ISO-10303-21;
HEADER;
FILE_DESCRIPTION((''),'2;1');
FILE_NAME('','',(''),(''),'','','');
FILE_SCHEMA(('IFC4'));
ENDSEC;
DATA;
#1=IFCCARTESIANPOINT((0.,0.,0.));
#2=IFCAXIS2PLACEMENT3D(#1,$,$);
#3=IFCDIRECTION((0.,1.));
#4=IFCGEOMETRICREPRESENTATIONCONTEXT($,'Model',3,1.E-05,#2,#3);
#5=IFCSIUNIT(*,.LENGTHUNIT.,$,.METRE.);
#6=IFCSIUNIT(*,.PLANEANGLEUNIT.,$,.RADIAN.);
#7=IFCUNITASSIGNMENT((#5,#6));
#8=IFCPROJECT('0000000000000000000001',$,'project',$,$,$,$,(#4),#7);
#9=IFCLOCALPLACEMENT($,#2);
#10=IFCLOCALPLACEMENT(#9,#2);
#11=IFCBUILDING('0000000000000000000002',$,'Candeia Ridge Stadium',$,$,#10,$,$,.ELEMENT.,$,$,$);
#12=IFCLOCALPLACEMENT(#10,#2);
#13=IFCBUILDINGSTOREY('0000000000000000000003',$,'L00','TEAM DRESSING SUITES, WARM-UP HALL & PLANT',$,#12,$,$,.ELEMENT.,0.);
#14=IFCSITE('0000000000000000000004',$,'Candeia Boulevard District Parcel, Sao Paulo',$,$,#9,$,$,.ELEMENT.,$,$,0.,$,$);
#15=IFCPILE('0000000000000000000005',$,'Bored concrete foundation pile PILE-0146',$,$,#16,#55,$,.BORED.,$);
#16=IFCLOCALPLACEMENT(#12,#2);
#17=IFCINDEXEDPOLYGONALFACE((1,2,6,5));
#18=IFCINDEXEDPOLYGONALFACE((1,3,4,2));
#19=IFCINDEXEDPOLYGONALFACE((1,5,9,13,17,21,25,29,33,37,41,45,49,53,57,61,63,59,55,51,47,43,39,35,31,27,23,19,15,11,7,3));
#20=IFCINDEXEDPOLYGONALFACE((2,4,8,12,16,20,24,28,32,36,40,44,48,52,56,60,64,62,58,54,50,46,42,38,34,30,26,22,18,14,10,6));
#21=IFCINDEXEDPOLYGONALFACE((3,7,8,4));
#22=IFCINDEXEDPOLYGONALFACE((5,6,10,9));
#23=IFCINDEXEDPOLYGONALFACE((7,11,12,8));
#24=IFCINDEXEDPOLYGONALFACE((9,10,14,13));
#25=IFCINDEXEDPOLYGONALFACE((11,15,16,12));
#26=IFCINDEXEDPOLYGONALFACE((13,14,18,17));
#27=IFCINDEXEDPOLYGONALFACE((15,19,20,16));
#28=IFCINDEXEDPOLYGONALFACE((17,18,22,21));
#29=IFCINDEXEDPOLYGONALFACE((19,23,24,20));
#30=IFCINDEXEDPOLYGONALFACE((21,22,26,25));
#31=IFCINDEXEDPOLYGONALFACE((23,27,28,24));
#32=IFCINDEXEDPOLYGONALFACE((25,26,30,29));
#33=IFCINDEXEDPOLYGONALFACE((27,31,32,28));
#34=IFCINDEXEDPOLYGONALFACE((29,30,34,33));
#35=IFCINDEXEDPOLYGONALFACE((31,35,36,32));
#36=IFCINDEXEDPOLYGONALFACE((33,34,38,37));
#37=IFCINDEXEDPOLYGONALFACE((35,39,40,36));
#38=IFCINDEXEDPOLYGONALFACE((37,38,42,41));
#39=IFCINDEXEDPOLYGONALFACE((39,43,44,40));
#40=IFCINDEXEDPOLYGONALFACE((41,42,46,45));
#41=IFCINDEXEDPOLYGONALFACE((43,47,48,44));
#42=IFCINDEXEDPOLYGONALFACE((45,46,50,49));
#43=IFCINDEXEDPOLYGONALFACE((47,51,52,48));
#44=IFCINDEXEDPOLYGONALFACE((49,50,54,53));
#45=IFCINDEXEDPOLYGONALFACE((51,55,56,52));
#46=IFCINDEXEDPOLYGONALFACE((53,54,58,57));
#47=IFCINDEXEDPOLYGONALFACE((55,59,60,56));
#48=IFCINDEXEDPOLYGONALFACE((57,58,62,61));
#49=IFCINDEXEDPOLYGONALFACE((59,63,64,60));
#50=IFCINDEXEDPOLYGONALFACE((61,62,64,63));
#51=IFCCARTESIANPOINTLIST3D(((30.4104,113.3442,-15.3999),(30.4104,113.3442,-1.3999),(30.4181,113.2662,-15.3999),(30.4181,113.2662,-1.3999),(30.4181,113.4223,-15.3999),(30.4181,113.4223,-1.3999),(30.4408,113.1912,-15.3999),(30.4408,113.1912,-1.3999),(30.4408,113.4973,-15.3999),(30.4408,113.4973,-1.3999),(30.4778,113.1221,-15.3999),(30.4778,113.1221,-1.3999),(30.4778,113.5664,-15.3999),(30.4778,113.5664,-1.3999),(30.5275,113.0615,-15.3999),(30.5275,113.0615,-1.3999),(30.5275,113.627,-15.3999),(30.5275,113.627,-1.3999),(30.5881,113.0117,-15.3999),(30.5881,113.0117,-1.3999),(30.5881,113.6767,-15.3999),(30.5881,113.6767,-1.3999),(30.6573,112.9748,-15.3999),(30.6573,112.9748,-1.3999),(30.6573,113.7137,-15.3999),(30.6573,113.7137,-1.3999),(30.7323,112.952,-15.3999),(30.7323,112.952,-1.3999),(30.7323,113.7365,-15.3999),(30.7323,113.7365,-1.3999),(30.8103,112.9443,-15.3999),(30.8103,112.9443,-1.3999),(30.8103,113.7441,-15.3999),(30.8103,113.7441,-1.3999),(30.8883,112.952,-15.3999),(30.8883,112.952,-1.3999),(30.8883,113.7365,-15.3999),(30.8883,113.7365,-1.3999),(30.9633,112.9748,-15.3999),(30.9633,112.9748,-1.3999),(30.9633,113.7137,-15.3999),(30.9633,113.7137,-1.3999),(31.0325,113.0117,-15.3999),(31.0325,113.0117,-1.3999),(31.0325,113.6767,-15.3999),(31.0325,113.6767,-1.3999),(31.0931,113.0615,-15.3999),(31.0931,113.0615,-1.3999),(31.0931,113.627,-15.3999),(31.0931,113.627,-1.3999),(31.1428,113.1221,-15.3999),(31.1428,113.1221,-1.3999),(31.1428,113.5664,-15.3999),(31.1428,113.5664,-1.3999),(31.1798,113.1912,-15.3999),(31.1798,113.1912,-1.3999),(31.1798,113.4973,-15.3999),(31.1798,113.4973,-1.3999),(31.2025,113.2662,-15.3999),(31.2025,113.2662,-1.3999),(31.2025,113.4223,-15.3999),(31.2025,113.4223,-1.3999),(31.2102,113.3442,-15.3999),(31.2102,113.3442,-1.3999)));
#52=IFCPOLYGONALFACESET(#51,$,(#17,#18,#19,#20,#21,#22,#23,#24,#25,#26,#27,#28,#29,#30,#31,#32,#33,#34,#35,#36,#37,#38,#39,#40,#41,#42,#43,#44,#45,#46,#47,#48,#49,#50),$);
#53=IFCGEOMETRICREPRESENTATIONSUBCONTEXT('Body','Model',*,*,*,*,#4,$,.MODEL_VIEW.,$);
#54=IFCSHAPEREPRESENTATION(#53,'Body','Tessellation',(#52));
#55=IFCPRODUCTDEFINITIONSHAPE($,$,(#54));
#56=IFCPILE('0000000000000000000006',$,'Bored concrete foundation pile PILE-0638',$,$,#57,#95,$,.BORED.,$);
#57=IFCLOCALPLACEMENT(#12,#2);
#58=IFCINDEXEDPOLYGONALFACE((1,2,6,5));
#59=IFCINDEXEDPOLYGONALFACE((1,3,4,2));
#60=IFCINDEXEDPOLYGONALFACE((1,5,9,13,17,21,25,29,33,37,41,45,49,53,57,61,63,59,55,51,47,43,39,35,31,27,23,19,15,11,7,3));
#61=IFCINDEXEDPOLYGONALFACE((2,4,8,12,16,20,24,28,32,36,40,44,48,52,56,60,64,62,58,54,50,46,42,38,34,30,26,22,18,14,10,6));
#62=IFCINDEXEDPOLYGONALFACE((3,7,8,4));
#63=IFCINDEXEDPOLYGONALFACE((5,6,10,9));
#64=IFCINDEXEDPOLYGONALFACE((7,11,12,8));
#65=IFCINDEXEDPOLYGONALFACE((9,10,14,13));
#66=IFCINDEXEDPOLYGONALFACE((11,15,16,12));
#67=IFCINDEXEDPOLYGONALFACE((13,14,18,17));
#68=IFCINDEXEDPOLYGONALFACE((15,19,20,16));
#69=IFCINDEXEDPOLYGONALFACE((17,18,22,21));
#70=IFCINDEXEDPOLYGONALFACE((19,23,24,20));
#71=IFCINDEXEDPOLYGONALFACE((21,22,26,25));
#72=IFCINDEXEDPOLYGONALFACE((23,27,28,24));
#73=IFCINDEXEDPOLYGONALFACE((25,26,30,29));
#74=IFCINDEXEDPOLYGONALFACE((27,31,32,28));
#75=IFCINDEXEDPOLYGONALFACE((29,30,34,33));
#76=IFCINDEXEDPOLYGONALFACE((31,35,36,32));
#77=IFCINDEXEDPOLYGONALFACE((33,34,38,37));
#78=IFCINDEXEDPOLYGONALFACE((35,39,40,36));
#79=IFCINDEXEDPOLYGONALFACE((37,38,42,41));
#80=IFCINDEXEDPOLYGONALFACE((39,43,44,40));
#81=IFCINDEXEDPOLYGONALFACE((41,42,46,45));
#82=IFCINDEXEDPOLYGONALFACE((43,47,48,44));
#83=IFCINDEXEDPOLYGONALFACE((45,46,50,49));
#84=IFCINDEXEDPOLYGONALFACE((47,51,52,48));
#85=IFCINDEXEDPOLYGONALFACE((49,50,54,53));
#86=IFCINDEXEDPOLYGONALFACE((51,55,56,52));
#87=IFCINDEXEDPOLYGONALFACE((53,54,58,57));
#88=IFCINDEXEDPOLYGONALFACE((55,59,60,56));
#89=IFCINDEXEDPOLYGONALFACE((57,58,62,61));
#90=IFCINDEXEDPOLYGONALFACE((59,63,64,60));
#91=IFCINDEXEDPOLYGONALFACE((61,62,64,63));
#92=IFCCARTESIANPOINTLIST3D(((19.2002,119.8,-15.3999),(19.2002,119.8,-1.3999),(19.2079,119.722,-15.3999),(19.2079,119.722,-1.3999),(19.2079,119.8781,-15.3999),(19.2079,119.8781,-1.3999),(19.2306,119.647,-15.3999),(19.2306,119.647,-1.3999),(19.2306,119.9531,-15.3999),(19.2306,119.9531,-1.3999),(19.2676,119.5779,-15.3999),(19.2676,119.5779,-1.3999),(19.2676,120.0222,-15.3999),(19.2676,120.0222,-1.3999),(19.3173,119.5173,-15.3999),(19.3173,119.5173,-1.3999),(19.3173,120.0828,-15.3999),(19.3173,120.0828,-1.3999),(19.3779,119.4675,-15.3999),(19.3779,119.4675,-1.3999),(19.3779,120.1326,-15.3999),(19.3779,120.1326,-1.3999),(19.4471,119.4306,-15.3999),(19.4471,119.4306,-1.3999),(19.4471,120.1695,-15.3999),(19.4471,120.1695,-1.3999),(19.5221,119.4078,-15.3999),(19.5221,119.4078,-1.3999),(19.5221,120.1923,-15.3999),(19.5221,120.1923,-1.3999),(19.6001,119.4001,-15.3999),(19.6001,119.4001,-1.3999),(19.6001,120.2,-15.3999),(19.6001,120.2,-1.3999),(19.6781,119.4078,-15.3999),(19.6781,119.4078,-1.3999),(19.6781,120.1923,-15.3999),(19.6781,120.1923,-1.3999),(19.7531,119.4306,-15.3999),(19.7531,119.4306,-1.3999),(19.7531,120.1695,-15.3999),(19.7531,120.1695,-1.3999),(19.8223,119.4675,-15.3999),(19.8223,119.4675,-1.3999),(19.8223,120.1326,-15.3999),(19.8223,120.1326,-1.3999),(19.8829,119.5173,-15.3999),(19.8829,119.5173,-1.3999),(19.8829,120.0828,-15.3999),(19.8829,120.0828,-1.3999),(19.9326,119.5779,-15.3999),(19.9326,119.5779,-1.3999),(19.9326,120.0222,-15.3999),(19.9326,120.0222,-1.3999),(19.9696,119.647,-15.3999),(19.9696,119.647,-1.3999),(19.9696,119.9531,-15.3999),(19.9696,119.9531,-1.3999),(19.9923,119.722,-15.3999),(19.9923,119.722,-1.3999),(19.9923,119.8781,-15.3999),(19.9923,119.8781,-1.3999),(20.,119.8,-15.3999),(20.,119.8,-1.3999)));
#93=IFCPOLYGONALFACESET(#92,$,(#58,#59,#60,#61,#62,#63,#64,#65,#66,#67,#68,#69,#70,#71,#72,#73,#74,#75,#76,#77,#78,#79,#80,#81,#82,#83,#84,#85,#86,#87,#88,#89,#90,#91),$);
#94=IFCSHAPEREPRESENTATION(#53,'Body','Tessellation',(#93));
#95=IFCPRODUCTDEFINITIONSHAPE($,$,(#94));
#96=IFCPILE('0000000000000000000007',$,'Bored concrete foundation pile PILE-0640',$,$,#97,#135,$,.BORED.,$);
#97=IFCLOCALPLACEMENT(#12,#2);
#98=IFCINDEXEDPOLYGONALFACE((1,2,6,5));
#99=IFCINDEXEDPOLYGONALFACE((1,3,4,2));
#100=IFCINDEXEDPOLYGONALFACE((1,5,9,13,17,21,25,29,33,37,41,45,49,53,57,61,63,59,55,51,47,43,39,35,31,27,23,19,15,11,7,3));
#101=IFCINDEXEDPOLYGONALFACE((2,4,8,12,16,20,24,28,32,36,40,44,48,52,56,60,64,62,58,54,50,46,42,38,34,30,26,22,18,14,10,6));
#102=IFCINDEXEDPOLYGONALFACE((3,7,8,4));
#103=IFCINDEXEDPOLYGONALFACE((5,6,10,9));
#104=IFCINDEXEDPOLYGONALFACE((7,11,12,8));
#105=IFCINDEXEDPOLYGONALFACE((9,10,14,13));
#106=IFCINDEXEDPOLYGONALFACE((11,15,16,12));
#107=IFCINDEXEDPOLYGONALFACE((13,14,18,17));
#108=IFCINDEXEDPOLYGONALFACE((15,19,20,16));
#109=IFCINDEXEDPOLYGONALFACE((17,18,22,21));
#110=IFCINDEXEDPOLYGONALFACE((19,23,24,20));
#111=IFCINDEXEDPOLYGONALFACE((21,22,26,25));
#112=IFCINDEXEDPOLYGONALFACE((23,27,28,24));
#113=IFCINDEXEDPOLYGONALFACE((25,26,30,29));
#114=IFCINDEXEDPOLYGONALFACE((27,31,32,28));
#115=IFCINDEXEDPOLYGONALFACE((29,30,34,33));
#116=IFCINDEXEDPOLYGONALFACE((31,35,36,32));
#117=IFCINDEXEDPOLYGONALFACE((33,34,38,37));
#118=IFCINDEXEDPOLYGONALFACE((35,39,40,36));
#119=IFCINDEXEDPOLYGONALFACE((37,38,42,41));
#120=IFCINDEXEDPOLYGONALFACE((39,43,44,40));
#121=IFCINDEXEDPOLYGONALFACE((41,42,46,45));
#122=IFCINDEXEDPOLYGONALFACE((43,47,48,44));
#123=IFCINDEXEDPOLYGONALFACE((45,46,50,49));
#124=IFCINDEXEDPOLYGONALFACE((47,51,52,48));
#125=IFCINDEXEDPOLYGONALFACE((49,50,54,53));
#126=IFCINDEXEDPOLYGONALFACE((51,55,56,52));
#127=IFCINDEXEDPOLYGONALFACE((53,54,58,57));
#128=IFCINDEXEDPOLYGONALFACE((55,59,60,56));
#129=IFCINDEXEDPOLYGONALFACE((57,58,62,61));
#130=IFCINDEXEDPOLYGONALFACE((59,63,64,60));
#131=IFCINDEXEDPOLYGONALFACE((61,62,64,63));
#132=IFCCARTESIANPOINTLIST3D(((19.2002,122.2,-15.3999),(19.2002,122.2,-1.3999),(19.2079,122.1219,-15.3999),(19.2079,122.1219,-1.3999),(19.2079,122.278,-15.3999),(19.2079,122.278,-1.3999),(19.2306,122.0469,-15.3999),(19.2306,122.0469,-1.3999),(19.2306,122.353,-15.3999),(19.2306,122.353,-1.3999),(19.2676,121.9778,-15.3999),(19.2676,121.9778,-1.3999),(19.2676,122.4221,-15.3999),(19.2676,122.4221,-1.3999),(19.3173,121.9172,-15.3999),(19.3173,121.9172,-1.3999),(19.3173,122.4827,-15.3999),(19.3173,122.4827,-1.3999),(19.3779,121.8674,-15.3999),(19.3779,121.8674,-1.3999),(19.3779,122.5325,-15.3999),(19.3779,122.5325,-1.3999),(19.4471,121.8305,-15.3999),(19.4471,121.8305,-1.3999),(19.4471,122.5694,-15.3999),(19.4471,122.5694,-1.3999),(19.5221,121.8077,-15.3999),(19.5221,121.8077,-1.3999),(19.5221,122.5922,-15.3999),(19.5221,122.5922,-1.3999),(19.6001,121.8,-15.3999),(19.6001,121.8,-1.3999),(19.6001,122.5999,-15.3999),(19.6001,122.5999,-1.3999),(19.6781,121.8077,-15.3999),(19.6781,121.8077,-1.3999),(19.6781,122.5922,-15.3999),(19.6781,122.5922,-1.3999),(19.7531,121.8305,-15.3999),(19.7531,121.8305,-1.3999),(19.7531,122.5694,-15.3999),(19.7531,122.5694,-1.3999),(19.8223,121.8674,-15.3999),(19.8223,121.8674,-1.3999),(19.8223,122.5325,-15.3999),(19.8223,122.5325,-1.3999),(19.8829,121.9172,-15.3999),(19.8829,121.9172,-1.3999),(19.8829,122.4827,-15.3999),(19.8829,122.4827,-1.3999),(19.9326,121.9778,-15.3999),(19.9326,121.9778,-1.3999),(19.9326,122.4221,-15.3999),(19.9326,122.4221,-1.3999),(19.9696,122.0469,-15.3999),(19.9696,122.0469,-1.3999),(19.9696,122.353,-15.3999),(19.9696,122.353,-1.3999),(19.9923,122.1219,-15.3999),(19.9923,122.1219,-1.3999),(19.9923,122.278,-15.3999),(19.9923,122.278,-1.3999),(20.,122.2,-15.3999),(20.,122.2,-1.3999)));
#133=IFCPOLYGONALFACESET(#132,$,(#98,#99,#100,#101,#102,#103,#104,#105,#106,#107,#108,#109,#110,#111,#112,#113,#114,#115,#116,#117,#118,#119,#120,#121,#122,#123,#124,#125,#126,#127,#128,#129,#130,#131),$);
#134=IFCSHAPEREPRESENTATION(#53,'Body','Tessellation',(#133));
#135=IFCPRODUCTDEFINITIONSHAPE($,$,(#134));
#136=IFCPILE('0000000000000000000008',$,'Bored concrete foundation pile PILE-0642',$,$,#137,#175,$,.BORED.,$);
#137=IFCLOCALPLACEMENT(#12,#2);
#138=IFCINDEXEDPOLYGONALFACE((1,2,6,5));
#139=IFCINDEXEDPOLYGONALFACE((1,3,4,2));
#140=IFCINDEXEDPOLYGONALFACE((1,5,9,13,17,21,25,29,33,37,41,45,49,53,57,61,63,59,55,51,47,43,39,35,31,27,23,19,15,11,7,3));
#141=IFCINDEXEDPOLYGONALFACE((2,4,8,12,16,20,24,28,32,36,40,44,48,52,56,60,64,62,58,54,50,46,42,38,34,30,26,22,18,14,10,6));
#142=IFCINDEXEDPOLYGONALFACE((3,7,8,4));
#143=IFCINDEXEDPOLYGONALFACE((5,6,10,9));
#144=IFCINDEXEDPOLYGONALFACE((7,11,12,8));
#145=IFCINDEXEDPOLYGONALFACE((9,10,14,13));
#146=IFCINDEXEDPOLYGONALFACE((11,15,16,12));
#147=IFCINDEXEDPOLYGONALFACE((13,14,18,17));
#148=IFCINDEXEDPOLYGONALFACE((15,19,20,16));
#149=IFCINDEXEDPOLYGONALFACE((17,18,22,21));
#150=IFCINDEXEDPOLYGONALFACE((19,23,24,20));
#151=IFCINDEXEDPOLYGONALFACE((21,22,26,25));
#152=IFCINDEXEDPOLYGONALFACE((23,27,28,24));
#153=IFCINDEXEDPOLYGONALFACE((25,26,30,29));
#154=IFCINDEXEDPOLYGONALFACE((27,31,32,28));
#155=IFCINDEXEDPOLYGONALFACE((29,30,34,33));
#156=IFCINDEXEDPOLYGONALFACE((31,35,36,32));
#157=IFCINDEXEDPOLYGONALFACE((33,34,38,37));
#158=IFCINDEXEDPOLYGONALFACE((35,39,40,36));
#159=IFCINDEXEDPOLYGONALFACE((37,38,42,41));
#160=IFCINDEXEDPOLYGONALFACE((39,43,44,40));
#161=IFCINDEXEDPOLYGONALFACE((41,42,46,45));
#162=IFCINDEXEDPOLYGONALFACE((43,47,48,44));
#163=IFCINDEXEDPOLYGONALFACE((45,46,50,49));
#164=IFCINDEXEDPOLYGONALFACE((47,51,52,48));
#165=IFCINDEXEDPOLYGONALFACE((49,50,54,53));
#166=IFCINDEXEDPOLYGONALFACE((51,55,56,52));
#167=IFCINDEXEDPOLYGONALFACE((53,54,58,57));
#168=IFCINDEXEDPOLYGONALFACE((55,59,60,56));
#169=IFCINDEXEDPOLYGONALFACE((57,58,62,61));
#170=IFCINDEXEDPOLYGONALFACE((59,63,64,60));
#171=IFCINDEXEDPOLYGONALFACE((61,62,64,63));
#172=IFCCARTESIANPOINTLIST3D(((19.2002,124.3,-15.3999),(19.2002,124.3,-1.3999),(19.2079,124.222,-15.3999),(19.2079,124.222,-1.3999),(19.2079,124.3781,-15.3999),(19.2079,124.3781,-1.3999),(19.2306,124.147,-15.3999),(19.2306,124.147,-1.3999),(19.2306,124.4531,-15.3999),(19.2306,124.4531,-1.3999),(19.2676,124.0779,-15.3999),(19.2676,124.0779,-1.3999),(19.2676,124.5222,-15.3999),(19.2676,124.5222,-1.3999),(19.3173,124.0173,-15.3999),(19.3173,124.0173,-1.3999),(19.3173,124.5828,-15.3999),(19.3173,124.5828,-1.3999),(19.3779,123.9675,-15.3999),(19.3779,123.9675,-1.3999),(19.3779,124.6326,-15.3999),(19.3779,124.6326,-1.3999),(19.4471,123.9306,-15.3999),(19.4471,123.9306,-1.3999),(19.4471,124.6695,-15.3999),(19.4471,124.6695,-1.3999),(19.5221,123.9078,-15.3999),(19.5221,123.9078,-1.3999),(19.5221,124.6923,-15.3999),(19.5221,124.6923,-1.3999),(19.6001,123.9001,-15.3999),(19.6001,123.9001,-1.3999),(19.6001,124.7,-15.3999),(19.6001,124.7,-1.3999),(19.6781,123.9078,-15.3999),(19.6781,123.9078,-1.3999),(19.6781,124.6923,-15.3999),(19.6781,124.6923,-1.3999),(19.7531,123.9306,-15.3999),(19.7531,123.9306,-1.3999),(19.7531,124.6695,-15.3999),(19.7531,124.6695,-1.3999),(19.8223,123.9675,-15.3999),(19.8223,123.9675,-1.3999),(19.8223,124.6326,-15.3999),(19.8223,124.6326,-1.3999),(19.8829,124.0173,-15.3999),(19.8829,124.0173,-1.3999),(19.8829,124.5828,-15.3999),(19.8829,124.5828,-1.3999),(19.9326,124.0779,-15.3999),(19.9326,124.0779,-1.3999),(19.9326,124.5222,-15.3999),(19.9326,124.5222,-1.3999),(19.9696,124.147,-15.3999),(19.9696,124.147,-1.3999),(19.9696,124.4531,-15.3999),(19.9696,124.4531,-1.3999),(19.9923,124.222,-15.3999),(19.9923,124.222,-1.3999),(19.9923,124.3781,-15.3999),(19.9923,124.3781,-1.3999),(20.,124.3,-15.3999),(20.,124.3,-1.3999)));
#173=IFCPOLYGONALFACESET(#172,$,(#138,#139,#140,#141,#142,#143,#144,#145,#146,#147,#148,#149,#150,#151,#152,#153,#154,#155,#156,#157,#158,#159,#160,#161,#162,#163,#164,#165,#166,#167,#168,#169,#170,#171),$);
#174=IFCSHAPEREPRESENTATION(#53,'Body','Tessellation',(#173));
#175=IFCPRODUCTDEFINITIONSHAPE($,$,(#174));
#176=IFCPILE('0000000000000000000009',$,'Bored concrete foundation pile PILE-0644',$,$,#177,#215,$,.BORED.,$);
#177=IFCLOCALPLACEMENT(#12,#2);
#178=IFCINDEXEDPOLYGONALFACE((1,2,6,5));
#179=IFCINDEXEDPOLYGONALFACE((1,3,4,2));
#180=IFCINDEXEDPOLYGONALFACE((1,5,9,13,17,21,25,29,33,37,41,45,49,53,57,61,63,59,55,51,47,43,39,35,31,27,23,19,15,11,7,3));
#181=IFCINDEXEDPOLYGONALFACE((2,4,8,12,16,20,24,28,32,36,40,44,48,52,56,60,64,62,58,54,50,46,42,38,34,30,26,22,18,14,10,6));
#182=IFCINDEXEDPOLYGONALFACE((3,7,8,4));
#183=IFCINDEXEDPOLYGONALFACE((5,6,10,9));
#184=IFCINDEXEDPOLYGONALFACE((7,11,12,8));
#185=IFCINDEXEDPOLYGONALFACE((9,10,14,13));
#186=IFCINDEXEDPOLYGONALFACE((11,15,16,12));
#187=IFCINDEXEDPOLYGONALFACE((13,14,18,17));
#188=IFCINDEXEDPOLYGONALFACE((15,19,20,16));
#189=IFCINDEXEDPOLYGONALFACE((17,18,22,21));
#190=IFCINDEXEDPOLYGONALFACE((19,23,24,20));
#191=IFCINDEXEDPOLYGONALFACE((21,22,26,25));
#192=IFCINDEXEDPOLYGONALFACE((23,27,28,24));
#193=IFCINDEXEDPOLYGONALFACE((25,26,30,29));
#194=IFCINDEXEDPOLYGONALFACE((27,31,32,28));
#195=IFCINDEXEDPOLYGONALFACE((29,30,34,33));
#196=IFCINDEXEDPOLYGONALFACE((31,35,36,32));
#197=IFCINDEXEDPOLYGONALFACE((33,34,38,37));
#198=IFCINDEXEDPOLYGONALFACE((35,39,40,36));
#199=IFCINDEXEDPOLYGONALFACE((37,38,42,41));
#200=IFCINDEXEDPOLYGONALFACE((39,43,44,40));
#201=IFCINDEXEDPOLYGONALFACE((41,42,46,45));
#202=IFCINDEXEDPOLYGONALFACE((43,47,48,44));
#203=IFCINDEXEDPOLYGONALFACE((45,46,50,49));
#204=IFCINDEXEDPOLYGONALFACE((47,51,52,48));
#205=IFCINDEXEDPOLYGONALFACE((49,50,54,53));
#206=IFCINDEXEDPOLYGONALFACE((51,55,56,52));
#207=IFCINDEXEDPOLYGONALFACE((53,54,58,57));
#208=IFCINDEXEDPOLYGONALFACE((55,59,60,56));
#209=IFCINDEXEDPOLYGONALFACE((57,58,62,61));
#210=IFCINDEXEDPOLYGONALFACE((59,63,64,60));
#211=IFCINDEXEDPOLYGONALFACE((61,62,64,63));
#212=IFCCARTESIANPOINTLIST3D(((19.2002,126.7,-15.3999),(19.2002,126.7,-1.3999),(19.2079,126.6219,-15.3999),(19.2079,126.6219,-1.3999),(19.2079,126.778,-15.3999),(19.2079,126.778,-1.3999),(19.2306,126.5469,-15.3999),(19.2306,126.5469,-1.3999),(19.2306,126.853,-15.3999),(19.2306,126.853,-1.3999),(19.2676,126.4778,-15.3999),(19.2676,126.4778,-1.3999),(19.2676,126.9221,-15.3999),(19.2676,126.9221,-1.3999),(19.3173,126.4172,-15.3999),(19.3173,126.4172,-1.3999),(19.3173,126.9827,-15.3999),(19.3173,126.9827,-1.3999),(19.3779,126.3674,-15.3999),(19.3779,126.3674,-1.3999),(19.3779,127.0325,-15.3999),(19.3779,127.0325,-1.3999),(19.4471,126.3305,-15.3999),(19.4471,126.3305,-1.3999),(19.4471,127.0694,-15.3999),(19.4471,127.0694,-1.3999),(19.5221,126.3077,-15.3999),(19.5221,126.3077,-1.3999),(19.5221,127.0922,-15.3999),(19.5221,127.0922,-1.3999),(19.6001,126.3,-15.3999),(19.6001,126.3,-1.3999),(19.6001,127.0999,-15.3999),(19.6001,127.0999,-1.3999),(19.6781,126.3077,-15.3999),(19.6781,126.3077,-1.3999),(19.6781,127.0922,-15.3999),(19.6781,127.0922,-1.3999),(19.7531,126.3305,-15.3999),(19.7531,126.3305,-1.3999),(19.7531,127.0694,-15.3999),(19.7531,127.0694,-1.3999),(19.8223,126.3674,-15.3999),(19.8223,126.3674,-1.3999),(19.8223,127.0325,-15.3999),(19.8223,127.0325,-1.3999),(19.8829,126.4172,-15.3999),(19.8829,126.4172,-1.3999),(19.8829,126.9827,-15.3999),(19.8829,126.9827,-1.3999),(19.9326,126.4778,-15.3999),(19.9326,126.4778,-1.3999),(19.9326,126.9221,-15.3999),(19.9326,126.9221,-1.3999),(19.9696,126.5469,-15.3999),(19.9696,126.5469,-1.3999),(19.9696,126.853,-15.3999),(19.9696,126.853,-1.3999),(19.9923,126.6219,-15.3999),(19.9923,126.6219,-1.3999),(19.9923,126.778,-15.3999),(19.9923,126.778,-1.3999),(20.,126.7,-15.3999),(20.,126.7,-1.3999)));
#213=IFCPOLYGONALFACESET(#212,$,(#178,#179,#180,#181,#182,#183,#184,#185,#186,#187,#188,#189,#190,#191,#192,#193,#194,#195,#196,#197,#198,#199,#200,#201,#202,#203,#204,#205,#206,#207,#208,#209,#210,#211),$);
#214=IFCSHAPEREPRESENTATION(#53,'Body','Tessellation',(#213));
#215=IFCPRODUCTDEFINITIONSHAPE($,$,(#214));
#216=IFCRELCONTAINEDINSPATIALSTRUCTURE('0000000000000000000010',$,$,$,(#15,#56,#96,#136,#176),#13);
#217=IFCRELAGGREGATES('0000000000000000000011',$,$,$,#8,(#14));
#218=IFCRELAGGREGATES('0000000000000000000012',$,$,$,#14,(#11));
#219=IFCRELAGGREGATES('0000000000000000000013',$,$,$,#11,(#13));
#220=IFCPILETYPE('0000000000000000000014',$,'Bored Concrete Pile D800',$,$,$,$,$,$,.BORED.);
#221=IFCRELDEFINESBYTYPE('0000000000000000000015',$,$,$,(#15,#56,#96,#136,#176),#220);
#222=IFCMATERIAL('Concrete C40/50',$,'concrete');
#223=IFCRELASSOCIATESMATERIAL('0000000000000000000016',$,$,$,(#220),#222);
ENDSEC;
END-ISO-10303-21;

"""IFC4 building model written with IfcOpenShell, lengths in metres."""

from ifc_helpers import new_model, si_unit, direction, frame, origin, origin_2d, place, context, subcontext, project, spatial, circle, extrude, material, material_profile, profile_set, type_object, element, save


model = new_model("IFC4")

# Units and contexts
model_context = context("Model", 3, precision=1e-05, world=origin(), true_north=direction((0.0, 1.0)))
body_context = subcontext(model_context, "Body", "Model", "MODEL_VIEW")
ifc_project = project(units=[si_unit("LENGTHUNIT", "METRE"), si_unit("PLANEANGLEUNIT", "RADIAN")], contexts=[model_context])

# Site, building, storey
site_placement = place(None, origin())
site = spatial("IfcSite", under=ifc_project, at=site_placement, Name="Candeia Boulevard District Parcel, Sao Paulo", CompositionType="ELEMENT", RefElevation=0.0)
building_placement = place(site_placement, origin())
building = spatial("IfcBuilding", under=site, at=building_placement, Name="Candeia Ridge Stadium", CompositionType="ELEMENT")
storey_placement = place(building_placement, origin())
storey = spatial("IfcBuildingStorey", under=building, at=storey_placement, Name="L00", Description="TEAM DRESSING SUITES, WARM-UP HALL & PLANT", CompositionType="ELEMENT", Elevation=0.0)

# Piles
ifc_material_1 = material(Name="Concrete C40/50", Category="concrete")
ifc_material_profile_1 = material_profile(ifc_material_1, circle(Radius=0.3999, at=origin_2d()), Name="PILE-D800", Category="concrete")
ifc_profile_set_1 = profile_set([ifc_material_profile_1], Name="Concrete C40/50")
pile_type_1 = type_object("IfcPileType", Name="Bored Concrete Pile D800", PredefinedType="BORED", material=ifc_profile_set_1)
for number, where, z_axis, x_axis, name in (
    (1, (30.8103, 113.3442, -1.3999), (0.0, 0.0, -1.0), (1.0, 0.0, 0.0), "Bored concrete foundation pile PILE-0146"),
    (2, (19.6001, 119.8, -1.3999), (0.0, 0.0, -1.0), (1.0, 0.0, 0.0), "Bored concrete foundation pile PILE-0638"),
    (3, (19.6001, 122.2, -1.3999), (0.0, 0.0, -1.0), (1.0, 0.0, 0.0), "Bored concrete foundation pile PILE-0640"),
    (4, (19.6001, 124.3, -1.3999), (0.0, 0.0, -1.0), (1.0, 0.0, 0.0), "Bored concrete foundation pile PILE-0642"),
    (5, (19.6001, 126.7, -1.3999), (0.0, 0.0, -1.0), (1.0, 0.0, 0.0), "Bored concrete foundation pile PILE-0644"),
):
    element("IfcPile", number, at=place(storey_placement, frame(where, z_axis=z_axis, x_axis=x_axis)), inside=storey, type_object=pile_type_1, Name=name, PredefinedType="BORED", context=body_context, shape_type="SweptSolid", body=[
        extrude(circle(Radius=0.3999, at=origin_2d()), origin(), (0.0, 0.0, 1.0), 14.0),
    ])

save(model, "model.ifc")
